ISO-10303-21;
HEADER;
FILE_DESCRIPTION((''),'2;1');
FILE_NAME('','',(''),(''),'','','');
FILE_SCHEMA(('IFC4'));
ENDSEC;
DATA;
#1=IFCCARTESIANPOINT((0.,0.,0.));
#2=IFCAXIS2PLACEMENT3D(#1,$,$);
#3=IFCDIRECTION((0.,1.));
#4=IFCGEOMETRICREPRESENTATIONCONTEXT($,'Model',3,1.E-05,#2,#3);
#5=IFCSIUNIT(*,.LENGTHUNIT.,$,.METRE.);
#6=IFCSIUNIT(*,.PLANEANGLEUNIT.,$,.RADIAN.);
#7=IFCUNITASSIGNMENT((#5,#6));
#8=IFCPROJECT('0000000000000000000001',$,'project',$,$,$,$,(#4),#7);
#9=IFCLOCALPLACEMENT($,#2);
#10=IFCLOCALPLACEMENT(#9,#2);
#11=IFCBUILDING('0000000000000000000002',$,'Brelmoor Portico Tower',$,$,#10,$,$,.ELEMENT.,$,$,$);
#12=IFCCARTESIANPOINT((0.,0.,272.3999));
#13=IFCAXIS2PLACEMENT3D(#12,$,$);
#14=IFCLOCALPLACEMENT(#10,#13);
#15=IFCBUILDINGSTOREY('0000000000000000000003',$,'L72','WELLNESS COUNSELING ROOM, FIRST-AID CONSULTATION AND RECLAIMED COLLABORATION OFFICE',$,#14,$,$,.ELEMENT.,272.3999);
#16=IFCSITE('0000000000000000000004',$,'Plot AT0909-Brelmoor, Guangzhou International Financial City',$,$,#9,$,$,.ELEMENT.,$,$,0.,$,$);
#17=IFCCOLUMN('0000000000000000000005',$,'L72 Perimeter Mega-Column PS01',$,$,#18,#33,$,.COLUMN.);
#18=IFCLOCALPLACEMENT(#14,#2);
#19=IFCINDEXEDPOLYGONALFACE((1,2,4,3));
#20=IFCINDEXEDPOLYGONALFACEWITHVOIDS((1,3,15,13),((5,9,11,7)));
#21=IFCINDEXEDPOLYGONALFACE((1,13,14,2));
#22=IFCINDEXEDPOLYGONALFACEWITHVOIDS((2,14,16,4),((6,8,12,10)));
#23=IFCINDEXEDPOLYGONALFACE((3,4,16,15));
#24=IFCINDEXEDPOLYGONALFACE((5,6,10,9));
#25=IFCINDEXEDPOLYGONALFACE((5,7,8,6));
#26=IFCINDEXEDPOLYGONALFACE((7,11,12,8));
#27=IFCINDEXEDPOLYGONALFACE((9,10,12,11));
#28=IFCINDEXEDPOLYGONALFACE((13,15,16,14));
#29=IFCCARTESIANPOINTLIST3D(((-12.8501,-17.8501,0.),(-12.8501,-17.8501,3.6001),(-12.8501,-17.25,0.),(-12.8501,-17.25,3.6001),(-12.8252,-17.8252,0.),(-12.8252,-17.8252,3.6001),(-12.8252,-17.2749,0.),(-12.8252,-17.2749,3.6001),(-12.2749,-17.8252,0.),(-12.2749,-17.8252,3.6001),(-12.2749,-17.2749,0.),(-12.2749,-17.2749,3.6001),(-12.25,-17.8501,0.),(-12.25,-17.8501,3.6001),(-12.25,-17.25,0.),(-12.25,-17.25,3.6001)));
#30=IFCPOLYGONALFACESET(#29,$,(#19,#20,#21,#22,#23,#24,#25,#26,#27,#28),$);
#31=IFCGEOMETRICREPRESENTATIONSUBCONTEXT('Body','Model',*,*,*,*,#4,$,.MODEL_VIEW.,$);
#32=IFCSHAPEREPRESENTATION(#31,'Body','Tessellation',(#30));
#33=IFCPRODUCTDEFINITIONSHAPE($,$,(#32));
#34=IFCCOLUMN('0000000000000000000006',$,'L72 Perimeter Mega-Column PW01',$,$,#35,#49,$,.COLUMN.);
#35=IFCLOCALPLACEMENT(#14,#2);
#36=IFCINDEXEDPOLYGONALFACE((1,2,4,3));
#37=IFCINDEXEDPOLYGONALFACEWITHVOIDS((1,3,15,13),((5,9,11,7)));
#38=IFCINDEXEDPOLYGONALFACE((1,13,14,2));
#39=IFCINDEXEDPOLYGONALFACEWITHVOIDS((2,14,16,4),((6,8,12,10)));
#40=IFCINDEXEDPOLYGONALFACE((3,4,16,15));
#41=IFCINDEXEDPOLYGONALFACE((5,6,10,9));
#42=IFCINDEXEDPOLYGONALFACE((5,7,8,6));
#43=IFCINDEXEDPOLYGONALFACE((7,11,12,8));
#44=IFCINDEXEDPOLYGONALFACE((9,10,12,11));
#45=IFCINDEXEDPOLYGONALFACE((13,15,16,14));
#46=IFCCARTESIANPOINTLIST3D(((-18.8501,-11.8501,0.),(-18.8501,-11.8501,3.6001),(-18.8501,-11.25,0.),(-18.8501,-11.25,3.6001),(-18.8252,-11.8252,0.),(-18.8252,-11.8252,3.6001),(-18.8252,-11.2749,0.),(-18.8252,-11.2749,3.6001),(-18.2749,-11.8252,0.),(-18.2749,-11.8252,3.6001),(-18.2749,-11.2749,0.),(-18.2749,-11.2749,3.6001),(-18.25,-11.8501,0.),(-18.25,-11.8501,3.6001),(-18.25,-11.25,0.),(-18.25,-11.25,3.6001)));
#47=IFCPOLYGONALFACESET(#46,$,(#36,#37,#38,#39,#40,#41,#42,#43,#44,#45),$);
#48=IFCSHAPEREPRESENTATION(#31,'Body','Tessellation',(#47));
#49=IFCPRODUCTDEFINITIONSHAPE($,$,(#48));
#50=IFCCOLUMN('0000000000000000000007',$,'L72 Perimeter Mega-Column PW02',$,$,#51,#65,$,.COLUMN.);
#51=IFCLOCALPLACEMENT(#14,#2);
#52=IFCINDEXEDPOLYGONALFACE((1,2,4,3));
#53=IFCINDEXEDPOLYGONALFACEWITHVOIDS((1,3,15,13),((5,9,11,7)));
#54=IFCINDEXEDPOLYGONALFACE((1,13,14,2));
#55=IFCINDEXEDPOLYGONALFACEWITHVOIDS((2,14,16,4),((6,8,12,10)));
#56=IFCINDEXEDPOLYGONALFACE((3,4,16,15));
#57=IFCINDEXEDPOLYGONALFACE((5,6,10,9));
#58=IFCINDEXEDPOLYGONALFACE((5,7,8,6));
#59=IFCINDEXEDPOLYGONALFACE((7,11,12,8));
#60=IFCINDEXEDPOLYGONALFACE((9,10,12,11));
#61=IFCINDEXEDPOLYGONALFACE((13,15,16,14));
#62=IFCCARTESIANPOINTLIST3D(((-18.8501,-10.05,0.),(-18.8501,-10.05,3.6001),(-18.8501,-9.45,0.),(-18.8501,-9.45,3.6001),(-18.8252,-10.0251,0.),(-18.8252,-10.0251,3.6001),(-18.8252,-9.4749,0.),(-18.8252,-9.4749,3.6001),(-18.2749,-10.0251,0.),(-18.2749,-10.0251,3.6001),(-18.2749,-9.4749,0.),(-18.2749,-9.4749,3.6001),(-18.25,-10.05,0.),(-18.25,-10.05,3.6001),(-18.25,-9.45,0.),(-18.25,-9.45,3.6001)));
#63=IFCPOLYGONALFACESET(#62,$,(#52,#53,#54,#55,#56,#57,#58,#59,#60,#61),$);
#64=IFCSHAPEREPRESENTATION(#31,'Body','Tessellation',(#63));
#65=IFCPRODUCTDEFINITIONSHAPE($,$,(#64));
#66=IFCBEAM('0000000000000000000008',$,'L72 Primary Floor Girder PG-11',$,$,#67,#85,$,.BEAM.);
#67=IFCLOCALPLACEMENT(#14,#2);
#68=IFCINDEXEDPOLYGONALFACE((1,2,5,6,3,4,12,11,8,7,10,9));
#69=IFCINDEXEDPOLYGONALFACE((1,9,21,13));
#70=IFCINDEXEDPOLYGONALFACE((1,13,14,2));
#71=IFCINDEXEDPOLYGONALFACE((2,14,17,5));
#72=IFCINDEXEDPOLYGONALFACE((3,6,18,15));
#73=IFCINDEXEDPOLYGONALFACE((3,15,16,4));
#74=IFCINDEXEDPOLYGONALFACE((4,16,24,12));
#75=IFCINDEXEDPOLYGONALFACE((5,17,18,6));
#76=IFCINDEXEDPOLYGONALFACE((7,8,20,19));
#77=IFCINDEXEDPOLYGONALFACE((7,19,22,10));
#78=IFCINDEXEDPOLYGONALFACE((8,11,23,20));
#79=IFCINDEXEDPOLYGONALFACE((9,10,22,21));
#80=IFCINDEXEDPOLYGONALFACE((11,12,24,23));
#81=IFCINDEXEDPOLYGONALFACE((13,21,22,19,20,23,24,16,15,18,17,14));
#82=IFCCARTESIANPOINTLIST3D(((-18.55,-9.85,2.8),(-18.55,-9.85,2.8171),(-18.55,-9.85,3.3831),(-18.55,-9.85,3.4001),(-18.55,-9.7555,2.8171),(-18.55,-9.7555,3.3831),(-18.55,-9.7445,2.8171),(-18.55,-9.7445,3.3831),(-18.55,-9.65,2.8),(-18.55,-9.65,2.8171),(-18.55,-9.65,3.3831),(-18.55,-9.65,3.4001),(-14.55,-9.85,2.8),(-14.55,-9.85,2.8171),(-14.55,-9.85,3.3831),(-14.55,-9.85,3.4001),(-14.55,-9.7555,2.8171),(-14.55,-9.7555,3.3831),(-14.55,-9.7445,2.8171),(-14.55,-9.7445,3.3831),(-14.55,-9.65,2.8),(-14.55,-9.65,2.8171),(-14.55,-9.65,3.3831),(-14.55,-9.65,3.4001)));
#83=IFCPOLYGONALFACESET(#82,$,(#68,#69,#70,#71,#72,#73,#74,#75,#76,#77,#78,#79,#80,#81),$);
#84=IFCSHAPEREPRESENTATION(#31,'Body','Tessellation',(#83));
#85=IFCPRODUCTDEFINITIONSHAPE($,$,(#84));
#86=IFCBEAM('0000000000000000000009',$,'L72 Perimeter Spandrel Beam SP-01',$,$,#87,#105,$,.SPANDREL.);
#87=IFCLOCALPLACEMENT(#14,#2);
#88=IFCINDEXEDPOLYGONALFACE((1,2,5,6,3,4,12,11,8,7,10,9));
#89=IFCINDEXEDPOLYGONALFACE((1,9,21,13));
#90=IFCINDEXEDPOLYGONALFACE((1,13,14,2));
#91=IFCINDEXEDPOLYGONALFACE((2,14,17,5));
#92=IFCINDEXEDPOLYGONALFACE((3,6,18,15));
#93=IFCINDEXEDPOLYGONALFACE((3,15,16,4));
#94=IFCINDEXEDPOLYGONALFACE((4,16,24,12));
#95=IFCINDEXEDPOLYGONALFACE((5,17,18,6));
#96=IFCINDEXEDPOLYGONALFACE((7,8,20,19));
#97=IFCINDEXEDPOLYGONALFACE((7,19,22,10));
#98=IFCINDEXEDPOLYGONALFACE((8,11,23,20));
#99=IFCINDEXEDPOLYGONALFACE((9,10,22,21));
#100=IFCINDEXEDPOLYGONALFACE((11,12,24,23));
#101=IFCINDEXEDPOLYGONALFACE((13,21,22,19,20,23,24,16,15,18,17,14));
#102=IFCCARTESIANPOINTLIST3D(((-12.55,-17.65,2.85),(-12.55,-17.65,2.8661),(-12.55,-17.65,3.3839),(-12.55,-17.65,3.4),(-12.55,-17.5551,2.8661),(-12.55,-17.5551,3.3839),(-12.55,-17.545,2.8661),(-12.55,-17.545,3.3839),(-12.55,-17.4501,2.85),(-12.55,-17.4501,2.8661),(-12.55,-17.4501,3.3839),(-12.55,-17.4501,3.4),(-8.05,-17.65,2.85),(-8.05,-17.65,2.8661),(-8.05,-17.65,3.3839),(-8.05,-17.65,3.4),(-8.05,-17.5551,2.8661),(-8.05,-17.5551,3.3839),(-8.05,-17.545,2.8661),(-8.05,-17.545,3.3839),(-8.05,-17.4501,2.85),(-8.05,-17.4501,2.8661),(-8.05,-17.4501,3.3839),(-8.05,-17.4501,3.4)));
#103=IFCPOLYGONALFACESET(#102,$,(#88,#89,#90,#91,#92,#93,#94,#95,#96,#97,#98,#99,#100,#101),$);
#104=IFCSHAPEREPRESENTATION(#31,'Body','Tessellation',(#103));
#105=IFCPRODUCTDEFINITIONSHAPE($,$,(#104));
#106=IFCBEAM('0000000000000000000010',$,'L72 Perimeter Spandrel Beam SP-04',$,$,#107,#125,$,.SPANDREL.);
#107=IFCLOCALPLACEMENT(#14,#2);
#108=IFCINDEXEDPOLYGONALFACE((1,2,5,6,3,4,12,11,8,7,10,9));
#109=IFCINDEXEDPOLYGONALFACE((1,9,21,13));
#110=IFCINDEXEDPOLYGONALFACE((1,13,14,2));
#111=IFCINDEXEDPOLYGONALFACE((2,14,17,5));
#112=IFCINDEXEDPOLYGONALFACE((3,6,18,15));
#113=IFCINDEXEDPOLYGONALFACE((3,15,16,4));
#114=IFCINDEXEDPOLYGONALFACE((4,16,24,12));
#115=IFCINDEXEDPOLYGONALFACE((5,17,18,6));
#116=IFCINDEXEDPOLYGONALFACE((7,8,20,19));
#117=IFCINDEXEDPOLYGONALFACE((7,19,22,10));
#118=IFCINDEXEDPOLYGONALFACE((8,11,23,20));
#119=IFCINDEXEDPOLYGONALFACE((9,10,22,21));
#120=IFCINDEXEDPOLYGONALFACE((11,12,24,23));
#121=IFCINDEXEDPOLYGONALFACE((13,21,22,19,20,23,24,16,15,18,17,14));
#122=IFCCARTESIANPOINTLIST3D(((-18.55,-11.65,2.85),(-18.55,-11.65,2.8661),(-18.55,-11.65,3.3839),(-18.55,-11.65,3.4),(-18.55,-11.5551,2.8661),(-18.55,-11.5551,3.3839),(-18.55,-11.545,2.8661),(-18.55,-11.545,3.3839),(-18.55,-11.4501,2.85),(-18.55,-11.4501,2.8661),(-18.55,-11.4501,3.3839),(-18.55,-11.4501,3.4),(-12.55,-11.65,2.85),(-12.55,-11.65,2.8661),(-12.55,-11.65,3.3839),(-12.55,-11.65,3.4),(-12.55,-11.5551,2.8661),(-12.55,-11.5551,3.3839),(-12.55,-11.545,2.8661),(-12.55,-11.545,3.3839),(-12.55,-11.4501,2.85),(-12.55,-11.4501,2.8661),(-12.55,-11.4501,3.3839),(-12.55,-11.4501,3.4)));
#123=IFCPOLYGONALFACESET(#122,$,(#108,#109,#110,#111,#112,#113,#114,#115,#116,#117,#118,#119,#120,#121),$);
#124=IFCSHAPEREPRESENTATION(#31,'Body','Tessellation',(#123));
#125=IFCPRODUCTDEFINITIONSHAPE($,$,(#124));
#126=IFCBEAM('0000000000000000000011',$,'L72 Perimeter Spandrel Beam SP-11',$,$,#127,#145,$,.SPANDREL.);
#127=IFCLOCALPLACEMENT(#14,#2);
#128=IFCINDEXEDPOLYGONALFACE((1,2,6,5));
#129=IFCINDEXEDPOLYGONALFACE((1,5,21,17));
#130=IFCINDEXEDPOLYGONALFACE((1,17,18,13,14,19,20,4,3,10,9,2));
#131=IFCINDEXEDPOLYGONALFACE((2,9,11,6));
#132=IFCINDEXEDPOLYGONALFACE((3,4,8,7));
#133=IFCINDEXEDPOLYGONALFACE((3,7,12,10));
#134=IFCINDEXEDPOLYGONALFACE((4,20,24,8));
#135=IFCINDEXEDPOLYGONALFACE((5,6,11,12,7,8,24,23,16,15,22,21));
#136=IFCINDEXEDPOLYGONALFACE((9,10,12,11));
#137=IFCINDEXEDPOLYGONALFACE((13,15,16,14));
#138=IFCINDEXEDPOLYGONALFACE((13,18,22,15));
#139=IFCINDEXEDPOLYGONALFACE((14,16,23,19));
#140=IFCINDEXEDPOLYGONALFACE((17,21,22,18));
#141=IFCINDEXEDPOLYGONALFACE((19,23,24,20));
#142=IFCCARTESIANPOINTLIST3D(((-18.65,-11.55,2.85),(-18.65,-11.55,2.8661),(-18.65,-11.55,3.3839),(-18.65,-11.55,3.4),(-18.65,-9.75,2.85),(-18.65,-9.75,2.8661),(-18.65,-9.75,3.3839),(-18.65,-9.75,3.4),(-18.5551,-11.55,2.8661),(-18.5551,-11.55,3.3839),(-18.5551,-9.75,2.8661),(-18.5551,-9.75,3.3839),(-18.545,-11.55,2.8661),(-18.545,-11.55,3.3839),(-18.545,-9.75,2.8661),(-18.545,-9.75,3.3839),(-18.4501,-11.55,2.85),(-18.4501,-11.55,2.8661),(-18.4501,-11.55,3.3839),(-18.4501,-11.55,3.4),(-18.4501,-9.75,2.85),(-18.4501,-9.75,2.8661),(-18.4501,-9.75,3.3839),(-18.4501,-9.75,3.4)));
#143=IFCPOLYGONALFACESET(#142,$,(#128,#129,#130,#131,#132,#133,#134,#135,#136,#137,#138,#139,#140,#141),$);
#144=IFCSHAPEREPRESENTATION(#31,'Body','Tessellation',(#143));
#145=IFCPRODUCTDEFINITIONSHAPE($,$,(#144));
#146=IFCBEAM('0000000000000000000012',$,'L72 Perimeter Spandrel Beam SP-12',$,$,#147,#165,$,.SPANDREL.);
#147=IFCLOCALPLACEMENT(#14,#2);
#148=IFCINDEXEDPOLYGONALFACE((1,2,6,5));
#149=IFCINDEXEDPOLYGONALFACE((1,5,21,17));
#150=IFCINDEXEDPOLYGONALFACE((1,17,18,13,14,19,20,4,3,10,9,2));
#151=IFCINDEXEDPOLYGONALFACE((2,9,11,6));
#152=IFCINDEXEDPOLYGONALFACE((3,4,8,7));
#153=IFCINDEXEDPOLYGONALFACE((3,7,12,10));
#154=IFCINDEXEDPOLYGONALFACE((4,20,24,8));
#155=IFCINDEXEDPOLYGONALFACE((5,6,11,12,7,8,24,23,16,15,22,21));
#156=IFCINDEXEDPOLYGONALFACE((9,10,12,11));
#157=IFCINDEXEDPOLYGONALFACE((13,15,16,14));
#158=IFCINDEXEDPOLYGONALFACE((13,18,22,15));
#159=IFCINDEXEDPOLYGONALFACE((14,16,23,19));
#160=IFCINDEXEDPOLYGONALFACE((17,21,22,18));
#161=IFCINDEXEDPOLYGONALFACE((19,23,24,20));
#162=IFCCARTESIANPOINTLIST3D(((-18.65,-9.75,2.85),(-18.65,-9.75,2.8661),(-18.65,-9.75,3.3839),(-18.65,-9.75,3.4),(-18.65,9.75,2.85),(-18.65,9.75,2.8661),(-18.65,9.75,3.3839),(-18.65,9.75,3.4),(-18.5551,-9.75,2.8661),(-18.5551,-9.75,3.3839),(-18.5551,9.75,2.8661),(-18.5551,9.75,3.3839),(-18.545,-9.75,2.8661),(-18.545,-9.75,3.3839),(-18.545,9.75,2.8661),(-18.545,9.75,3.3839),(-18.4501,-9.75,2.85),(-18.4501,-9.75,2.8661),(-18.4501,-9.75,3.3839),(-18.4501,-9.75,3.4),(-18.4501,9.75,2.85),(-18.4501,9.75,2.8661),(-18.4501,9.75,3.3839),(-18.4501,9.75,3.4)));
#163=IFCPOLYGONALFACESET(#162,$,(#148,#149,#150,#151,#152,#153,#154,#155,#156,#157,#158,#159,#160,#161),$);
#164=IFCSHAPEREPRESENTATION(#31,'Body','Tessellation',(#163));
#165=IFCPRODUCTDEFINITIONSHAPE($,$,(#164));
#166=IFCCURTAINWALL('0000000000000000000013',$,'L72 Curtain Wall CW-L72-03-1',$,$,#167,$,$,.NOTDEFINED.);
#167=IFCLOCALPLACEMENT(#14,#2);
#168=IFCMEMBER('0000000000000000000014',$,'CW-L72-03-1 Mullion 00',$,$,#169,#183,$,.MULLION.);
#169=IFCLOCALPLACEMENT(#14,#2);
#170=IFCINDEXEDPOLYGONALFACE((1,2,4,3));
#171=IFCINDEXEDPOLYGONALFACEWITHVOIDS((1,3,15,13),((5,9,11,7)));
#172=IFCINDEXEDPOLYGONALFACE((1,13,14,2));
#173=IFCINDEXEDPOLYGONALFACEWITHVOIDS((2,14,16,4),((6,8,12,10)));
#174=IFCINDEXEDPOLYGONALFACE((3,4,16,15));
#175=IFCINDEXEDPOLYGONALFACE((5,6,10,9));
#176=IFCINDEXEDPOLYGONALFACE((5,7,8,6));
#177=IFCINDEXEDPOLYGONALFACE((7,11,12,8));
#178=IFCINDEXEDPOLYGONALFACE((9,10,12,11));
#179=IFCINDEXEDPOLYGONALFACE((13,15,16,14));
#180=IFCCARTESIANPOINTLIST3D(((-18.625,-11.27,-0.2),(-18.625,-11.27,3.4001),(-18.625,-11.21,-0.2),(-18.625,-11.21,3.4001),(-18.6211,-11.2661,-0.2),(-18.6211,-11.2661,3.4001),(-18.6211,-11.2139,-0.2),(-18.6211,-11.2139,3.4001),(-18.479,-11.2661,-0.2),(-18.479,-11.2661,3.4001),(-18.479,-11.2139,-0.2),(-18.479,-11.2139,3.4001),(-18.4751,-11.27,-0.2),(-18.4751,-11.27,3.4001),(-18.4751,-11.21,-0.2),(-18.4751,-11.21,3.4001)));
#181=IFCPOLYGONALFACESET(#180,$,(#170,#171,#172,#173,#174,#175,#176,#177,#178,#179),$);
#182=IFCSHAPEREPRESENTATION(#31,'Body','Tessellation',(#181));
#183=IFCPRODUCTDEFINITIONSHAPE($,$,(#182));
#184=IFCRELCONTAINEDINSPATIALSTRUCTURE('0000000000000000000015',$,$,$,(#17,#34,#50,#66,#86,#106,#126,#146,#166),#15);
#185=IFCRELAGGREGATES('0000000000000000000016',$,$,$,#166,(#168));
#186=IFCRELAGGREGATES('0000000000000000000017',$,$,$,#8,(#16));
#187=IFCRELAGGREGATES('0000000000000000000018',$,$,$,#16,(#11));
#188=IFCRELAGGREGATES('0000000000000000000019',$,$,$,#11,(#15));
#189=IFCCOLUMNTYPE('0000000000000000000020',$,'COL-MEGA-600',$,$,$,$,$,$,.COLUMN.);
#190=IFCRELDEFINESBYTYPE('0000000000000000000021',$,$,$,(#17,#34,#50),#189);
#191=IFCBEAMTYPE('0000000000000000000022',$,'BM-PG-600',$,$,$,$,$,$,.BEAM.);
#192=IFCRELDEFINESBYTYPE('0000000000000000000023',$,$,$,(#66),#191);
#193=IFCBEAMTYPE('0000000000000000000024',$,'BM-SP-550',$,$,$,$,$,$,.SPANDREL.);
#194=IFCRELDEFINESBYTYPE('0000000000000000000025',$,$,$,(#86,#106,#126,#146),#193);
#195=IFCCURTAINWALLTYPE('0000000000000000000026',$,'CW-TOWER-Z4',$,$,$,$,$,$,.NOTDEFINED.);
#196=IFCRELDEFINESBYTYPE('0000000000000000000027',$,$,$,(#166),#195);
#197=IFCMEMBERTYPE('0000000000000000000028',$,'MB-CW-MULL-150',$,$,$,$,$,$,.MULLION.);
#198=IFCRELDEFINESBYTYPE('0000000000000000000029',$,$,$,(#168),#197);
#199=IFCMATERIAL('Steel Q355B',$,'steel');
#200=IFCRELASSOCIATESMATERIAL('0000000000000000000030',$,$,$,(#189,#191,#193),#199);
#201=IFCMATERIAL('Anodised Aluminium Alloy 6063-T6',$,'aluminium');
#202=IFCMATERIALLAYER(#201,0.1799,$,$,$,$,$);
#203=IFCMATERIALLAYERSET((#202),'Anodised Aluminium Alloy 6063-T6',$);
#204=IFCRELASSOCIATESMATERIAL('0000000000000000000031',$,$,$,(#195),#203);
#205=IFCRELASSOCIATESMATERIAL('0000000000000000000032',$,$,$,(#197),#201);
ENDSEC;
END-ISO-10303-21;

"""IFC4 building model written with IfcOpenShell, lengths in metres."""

from ifc_helpers import new_model, si_unit, direction, frame, origin, origin_2d, place, context, subcontext, project, spatial, hollow_rectangle, i_section, extrude, material, layer, layer_set, material_profile, profile_set, type_object, element, aggregate, save


model = new_model("IFC4")

# Units and contexts
model_context = context("Model", 3, precision=1e-05, world=origin(), true_north=direction((0.0, 1.0)))
body_context = subcontext(model_context, "Body", "Model", "MODEL_VIEW")
ifc_project = project(units=[si_unit("LENGTHUNIT", "METRE"), si_unit("PLANEANGLEUNIT", "RADIAN")], contexts=[model_context])

# Site, building, storey
site_placement = place(None, origin())
site = spatial("IfcSite", under=ifc_project, at=site_placement, Name="Plot AT0909-Brelmoor, Guangzhou International Financial City", CompositionType="ELEMENT", RefElevation=0.0)
building_placement = place(site_placement, origin())
building = spatial("IfcBuilding", under=site, at=building_placement, Name="Brelmoor Portico Tower", CompositionType="ELEMENT")
storey_placement = place(building_placement, frame((0.0, 0.0, 272.3999)))
storey = spatial("IfcBuildingStorey", under=building, at=storey_placement, Name="L72", Description="WELLNESS COUNSELING ROOM, FIRST-AID CONSULTATION AND RECLAIMED COLLABORATION OFFICE", CompositionType="ELEMENT", Elevation=272.3999)

# Columns
ifc_material_1 = material(Name="Steel Q355B", Category="steel")
ifc_material_profile_1 = material_profile(ifc_material_1, hollow_rectangle(XDim=0.6001, YDim=0.6001, WallThickness=0.0249, at=origin_2d()), Name="BOX 600x600x25")
ifc_profile_set_1 = profile_set([ifc_material_profile_1], Name="Steel Q355B")
column_type = type_object("IfcColumnType", Name="COL-MEGA-600", PredefinedType="COLUMN", material=ifc_profile_set_1)
for number, where, z_axis, x_axis, name in (
    (1, (-12.55, -17.55, 0.0), (0.0, 0.0, 1.0), (1.0, 0.0, 0.0), "L72 Perimeter Mega-Column PS01"),
    (2, (-18.55, -11.55, 0.0), (0.0, 0.0, 1.0), (0.0, 1.0, 0.0), "L72 Perimeter Mega-Column PW01"),
    (3, (-18.55, -9.75, 0.0), (0.0, 0.0, 1.0), (0.0, 1.0, 0.0), "L72 Perimeter Mega-Column PW02"),
):
    element("IfcColumn", number, at=place(storey_placement, frame(where, z_axis=z_axis, x_axis=x_axis)), inside=storey, type_object=column_type, Name=name, PredefinedType="COLUMN", context=body_context, shape_type="SweptSolid", body=[
        extrude(hollow_rectangle(XDim=0.6001, YDim=0.6001, WallThickness=0.0249, at=origin_2d()), origin(), (0.0, 0.0, 1.0), 3.6001),
    ])

# Beams
ifc_material_profile_2 = material_profile(ifc_material_1, i_section(OverallWidth=0.2, OverallDepth=0.6001, WebThickness=0.011, FlangeThickness=0.0171, at=origin_2d()), Name="HN 600x200x11x17")
ifc_profile_set_2 = profile_set([ifc_material_profile_2], Name="Steel Q355B")
beam_type_1 = type_object("IfcBeamType", Name="BM-PG-600", PredefinedType="BEAM", material=ifc_profile_set_2)
beam_1_placement = place(storey_placement, frame((-18.55, -9.75, 3.1001), z_axis=(1.0, 0.0, 0.0), x_axis=(0.0, 1.0, 0.0)))
element("IfcBeam", 4, at=beam_1_placement, inside=storey, type_object=beam_type_1, Name="L72 Primary Floor Girder PG-11", PredefinedType="BEAM", context=body_context, shape_type="SweptSolid", body=[
    extrude(i_section(OverallWidth=0.2, OverallDepth=0.6001, WebThickness=0.011, FlangeThickness=0.0171, at=origin_2d()), origin(), (0.0, 0.0, 1.0), 4.0),
])
ifc_material_profile_3 = material_profile(ifc_material_1, i_section(OverallWidth=0.2, OverallDepth=0.55, WebThickness=0.01, FlangeThickness=0.0161, at=origin_2d()), Name="HN 550x200x10x16")
ifc_profile_set_3 = profile_set([ifc_material_profile_3], Name="Steel Q355B")
beam_type_2 = type_object("IfcBeamType", Name="BM-SP-550", PredefinedType="SPANDREL", material=ifc_profile_set_3)
beam_2_placement = place(storey_placement, frame((-12.55, -17.55, 3.125), z_axis=(1.0, 0.0, 0.0), x_axis=(0.0, 1.0, 0.0)))
element("IfcBeam", 5, at=beam_2_placement, inside=storey, type_object=beam_type_2, Name="L72 Perimeter Spandrel Beam SP-01", PredefinedType="SPANDREL", context=body_context, shape_type="SweptSolid", body=[
    extrude(i_section(OverallWidth=0.2, OverallDepth=0.55, WebThickness=0.01, FlangeThickness=0.0161, at=origin_2d()), origin(), (0.0, 0.0, 1.0), 4.5),
])
beam_3_placement = place(storey_placement, frame((-18.55, -11.55, 3.125), z_axis=(1.0, 0.0, 0.0), x_axis=(0.0, 1.0, 0.0)))
element("IfcBeam", 6, at=beam_3_placement, inside=storey, type_object=beam_type_2, Name="L72 Perimeter Spandrel Beam SP-04", PredefinedType="SPANDREL", context=body_context, shape_type="SweptSolid", body=[
    extrude(i_section(OverallWidth=0.2, OverallDepth=0.55, WebThickness=0.01, FlangeThickness=0.0161, at=origin_2d()), origin(), (0.0, 0.0, 1.0), 6.0),
])
beam_4_placement = place(storey_placement, frame((-18.55, -11.55, 3.125), z_axis=(0.0, 1.0, 0.0), x_axis=(-1.0, 0.0, 0.0)))
element("IfcBeam", 7, at=beam_4_placement, inside=storey, type_object=beam_type_2, Name="L72 Perimeter Spandrel Beam SP-11", PredefinedType="SPANDREL", context=body_context, shape_type="SweptSolid", body=[
    extrude(i_section(OverallWidth=0.2, OverallDepth=0.55, WebThickness=0.01, FlangeThickness=0.0161, at=origin_2d()), origin(), (0.0, 0.0, 1.0), 1.8),
])
beam_5_placement = place(storey_placement, frame((-18.55, -9.75, 3.125), z_axis=(0.0, 1.0, 0.0), x_axis=(-1.0, 0.0, 0.0)))
element("IfcBeam", 8, at=beam_5_placement, inside=storey, type_object=beam_type_2, Name="L72 Perimeter Spandrel Beam SP-12", PredefinedType="SPANDREL", context=body_context, shape_type="SweptSolid", body=[
    extrude(i_section(OverallWidth=0.2, OverallDepth=0.55, WebThickness=0.01, FlangeThickness=0.0161, at=origin_2d()), origin(), (0.0, 0.0, 1.0), 19.5),
])

# Curtain wall, member
ifc_material_2 = material(Name="Anodised Aluminium Alloy 6063-T6", Category="aluminium")
ifc_layer_1 = layer(ifc_material_2, 0.1799)
ifc_layer_set_1 = layer_set([ifc_layer_1], Name="Anodised Aluminium Alloy 6063-T6")
curtain_wall_type = type_object("IfcCurtainWallType", Name="CW-TOWER-Z4", PredefinedType="NOTDEFINED", material=ifc_layer_set_1)
curtain_wall_placement = place(storey_placement, origin())
curtain_wall = element("IfcCurtainWall", 9, at=curtain_wall_placement, inside=storey, type_object=curtain_wall_type, Name="L72 Curtain Wall CW-L72-03-1", PredefinedType="NOTDEFINED")
ifc_material_profile_4 = material_profile(ifc_material_2, hollow_rectangle(XDim=0.0601, YDim=0.1499, WallThickness=0.0039, at=origin_2d()), Name="ALU MULLION 60x150")
ifc_profile_set_4 = profile_set([ifc_material_profile_4], Name="Anodised Aluminium Alloy 6063-T6")
member_type_1 = type_object("IfcMemberType", Name="MB-CW-MULL-150", PredefinedType="MULLION", material=ifc_profile_set_4)
member_1_placement = place(storey_placement, frame((-18.55, -11.24, -0.2), z_axis=(0.0, 0.0, 1.0), x_axis=(0.0, 1.0, 0.0)))
member_1 = element("IfcMember", 10, at=member_1_placement, type_object=member_type_1, Name="CW-L72-03-1 Mullion 00", PredefinedType="MULLION", context=body_context, shape_type="SweptSolid", body=[
    extrude(hollow_rectangle(XDim=0.0601, YDim=0.1499, WallThickness=0.0039, at=origin_2d()), origin(), (0.0, 0.0, 1.0), 3.6001),
])
aggregate(curtain_wall, [member_1])

save(model, "model.ifc")
